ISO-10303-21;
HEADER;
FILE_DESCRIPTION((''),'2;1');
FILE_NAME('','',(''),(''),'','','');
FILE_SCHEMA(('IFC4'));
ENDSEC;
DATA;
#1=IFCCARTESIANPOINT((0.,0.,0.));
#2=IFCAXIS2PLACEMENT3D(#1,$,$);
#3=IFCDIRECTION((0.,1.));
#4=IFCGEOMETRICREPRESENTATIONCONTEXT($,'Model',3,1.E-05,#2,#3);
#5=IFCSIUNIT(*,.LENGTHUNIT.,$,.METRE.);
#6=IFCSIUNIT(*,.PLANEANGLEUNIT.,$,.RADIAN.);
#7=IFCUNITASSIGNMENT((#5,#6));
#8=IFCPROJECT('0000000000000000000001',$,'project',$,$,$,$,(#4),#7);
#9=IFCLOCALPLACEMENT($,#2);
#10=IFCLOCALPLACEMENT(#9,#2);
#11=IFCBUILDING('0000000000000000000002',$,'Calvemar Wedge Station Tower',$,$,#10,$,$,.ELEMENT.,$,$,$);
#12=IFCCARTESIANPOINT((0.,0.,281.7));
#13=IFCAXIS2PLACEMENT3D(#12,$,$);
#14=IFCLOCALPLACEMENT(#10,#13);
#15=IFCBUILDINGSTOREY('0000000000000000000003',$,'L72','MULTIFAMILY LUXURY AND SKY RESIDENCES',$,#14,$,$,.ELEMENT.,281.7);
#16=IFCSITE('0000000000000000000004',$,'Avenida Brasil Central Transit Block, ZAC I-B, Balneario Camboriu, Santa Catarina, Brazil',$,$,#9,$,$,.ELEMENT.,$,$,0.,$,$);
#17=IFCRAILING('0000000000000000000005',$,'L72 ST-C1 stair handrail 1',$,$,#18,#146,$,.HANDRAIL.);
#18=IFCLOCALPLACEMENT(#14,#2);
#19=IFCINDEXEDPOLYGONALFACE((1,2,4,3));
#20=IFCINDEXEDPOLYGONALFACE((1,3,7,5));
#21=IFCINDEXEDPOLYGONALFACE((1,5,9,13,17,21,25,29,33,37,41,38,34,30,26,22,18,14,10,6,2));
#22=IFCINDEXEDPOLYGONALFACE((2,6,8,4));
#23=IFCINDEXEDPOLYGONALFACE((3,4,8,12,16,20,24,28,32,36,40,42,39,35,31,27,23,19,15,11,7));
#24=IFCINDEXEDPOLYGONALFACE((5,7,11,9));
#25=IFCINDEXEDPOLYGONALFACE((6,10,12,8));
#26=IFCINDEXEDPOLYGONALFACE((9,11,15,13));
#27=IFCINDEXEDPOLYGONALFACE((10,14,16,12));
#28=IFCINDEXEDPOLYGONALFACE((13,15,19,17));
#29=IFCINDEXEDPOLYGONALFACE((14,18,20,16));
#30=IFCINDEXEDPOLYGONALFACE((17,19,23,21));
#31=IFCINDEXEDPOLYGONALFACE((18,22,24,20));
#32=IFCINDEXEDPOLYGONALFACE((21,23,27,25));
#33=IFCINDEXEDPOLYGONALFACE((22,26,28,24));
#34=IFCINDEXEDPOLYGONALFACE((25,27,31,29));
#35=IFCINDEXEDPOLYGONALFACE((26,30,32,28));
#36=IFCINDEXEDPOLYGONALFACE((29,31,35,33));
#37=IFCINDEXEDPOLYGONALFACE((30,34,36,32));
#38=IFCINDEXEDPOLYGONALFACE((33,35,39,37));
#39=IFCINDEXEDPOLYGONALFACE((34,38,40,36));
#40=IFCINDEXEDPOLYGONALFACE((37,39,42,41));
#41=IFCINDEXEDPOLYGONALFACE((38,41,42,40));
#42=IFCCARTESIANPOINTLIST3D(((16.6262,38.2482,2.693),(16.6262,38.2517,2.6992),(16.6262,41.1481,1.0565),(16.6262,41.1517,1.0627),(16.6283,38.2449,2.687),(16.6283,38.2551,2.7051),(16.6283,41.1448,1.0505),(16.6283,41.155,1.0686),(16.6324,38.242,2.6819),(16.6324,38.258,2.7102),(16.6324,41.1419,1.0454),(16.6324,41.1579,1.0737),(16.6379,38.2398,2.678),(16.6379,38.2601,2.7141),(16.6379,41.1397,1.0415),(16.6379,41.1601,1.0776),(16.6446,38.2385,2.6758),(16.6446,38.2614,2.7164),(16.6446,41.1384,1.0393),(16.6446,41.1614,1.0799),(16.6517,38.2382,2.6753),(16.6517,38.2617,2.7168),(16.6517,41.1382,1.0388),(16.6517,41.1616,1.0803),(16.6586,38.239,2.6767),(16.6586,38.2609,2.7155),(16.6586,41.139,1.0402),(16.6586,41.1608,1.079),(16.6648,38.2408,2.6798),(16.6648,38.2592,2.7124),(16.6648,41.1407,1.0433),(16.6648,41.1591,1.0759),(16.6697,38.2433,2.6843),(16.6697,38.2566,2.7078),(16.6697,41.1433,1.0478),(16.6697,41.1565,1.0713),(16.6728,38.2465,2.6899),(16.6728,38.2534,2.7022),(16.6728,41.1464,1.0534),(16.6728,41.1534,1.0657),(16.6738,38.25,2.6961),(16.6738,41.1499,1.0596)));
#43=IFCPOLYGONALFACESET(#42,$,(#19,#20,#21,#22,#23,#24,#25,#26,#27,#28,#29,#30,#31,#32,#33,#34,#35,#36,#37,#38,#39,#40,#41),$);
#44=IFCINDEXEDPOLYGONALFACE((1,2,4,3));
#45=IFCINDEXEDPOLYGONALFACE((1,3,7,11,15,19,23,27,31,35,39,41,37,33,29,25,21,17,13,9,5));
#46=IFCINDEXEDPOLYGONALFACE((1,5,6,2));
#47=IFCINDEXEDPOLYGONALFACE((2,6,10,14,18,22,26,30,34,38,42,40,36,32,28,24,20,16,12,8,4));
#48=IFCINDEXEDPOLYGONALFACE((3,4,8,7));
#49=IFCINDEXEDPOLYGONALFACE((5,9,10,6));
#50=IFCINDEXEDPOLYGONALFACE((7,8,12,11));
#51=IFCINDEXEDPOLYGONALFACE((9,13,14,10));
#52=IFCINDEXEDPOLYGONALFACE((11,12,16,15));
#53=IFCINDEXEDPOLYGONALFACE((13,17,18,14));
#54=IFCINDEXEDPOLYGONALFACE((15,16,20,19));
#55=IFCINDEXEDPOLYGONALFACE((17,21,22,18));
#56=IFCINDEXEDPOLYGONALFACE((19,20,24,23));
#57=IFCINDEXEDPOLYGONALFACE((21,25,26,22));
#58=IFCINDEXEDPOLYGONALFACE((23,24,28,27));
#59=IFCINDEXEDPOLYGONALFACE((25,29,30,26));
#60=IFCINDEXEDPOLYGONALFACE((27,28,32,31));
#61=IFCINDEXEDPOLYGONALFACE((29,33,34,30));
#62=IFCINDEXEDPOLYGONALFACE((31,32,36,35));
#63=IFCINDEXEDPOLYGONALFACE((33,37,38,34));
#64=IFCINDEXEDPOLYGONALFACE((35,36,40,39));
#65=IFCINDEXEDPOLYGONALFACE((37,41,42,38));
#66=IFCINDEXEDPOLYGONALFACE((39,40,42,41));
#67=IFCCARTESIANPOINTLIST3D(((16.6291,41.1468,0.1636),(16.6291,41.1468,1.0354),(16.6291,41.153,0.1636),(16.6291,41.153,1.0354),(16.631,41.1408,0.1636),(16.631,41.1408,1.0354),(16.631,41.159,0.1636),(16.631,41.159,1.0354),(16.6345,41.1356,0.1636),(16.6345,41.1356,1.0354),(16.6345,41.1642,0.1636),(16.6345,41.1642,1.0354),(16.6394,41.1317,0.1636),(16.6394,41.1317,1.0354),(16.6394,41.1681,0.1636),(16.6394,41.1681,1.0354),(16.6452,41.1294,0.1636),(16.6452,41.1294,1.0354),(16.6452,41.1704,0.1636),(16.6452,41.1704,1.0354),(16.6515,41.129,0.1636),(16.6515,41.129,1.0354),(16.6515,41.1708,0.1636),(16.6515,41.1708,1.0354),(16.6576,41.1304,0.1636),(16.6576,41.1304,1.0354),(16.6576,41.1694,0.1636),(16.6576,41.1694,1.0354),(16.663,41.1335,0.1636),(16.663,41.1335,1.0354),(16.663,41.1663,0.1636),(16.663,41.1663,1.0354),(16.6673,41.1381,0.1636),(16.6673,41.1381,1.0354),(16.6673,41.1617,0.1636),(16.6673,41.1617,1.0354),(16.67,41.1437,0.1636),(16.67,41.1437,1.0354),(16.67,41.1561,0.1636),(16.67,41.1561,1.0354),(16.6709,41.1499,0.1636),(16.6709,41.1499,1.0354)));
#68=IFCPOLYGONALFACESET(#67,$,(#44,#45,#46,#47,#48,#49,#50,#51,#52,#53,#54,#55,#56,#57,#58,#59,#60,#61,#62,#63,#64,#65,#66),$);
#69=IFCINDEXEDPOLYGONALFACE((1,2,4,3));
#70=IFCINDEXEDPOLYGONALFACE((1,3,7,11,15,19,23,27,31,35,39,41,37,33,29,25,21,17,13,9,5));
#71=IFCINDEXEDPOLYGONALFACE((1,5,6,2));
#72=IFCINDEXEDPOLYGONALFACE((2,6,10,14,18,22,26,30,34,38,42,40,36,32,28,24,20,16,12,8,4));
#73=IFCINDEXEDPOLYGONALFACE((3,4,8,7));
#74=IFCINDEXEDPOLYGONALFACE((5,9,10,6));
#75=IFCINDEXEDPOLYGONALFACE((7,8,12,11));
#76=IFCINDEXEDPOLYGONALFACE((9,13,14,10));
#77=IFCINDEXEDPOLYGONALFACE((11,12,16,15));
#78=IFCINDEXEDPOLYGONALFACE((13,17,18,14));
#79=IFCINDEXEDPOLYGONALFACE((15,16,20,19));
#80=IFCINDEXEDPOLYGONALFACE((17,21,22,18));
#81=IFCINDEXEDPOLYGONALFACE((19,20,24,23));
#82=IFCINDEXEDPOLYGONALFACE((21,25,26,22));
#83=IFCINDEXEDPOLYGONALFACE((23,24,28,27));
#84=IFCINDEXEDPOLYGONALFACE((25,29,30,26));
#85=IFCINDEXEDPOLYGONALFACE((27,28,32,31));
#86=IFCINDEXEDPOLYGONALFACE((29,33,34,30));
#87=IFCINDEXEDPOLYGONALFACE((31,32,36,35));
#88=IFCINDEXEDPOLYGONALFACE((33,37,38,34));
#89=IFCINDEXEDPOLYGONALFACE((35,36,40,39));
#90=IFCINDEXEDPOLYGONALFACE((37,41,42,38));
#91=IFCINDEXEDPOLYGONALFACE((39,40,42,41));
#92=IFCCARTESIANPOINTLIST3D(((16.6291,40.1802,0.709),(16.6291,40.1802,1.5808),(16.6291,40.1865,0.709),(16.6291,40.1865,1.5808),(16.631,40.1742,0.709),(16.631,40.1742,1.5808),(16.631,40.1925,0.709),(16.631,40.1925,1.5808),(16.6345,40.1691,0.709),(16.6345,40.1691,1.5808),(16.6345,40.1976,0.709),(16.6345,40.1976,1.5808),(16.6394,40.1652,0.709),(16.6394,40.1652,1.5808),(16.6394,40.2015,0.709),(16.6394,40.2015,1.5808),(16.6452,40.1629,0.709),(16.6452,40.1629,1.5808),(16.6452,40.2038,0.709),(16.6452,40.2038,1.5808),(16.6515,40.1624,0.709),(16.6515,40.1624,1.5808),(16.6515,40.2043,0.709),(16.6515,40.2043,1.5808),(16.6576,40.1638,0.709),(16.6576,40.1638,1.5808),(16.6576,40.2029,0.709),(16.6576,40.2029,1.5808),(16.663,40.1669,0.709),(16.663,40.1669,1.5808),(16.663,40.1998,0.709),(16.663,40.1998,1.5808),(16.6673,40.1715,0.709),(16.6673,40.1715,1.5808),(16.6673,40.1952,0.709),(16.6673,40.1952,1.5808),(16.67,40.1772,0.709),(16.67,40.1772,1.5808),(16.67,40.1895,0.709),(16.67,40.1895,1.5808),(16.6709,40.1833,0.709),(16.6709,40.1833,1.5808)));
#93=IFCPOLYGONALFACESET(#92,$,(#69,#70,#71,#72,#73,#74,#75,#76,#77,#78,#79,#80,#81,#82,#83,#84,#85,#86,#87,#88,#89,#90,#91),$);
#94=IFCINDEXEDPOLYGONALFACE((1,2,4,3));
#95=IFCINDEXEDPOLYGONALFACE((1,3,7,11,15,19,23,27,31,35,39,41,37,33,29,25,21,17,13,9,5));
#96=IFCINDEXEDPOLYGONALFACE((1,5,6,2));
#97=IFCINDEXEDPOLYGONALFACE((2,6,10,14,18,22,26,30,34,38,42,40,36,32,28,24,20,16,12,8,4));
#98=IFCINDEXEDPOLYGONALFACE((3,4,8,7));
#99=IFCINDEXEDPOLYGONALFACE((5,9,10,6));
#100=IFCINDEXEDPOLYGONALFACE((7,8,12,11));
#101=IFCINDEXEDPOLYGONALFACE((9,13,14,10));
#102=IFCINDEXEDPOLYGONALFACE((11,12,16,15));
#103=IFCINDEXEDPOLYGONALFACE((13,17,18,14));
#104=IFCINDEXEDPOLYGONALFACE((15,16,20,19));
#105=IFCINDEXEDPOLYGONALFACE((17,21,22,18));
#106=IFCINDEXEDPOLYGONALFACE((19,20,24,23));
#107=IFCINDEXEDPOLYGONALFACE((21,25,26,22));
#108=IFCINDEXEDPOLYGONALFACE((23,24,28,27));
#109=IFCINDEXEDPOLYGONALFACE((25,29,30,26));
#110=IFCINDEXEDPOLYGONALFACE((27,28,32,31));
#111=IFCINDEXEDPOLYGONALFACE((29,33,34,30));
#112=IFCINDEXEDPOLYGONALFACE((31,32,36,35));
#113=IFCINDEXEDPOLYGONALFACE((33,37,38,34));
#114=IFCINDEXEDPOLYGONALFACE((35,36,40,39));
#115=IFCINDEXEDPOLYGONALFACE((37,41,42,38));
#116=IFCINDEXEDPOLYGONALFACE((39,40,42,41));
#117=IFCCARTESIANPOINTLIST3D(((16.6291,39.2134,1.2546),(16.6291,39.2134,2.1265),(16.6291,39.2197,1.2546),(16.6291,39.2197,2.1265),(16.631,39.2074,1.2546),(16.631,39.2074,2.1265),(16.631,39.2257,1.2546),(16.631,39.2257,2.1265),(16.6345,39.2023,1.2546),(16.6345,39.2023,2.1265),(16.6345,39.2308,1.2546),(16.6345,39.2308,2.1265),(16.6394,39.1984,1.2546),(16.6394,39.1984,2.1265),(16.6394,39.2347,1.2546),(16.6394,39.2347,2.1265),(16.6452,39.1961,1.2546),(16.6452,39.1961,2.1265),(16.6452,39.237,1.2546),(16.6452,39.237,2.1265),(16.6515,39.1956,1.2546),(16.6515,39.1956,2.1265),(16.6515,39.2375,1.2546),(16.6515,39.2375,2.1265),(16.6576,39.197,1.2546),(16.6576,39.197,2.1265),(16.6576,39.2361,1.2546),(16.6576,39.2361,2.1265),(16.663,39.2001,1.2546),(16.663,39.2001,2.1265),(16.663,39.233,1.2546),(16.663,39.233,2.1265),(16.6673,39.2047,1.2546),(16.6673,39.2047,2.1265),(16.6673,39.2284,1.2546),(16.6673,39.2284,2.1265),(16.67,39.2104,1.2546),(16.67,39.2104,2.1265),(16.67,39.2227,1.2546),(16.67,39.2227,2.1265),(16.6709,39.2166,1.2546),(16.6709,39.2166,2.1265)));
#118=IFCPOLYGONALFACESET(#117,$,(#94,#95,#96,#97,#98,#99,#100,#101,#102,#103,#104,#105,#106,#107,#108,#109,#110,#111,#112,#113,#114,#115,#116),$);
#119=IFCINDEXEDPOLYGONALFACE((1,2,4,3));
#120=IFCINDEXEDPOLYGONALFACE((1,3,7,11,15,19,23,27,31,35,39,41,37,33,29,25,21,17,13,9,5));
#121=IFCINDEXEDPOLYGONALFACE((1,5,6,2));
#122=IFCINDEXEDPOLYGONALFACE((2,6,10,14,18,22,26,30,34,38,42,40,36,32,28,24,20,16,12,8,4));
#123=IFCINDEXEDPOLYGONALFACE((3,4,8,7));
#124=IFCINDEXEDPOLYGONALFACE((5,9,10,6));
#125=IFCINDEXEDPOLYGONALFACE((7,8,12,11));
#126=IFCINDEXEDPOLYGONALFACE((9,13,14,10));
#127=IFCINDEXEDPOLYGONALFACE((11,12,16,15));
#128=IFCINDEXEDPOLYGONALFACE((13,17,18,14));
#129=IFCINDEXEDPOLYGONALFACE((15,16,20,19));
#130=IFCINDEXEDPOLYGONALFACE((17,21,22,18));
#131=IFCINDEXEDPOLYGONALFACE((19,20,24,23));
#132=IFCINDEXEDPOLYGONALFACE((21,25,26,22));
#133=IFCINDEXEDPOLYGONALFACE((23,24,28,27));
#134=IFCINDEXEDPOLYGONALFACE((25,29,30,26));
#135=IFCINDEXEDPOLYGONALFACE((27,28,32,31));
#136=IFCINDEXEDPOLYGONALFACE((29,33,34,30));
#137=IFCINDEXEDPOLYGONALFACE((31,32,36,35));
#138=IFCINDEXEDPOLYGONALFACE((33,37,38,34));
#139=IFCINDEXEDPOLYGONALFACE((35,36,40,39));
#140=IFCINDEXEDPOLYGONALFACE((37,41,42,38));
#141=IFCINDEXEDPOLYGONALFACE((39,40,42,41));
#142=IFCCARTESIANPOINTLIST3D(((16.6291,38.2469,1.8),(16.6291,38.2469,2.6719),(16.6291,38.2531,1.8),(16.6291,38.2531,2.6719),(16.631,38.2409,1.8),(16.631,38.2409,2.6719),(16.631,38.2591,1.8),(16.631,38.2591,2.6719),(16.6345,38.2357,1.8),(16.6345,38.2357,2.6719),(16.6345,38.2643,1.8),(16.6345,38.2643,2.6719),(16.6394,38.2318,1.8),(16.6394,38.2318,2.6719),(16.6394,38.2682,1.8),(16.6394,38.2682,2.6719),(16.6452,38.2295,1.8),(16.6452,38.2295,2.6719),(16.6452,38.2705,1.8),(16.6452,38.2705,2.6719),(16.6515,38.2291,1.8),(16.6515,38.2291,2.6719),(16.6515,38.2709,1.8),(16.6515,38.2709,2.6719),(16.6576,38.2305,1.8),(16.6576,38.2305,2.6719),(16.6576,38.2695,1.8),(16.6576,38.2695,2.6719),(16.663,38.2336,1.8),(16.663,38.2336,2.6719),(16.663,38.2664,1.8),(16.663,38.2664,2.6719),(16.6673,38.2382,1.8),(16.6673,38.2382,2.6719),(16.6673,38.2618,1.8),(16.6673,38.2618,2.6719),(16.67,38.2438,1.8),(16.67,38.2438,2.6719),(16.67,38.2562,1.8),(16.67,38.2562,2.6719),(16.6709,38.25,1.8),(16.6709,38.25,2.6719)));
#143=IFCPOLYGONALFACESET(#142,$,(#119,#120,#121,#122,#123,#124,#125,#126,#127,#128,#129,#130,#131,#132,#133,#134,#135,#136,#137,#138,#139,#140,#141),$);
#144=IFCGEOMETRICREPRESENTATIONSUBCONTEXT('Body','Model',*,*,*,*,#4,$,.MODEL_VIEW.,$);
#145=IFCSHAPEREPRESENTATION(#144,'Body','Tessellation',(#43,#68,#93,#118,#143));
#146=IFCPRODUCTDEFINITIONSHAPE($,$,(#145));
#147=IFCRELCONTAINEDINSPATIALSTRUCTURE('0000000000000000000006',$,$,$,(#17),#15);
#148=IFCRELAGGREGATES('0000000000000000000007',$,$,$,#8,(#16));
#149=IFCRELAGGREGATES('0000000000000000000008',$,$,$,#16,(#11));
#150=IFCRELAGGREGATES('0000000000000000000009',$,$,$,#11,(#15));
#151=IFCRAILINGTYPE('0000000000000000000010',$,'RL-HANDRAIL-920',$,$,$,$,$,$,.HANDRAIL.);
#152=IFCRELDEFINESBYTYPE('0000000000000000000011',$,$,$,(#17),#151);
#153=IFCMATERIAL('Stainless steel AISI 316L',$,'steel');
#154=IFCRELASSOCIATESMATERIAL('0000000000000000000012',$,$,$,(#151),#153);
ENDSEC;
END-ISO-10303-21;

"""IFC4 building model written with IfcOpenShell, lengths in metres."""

from ifc_helpers import new_model, si_unit, direction, frame, origin, origin_2d, place, context, subcontext, project, spatial, circle, extrude, material, type_object, element, save


model = new_model("IFC4")

# Units and contexts
model_context = context("Model", 3, precision=1e-05, world=origin(), true_north=direction((0.0, 1.0)))
body_context = subcontext(model_context, "Body", "Model", "MODEL_VIEW")
ifc_project = project(units=[si_unit("LENGTHUNIT", "METRE"), si_unit("PLANEANGLEUNIT", "RADIAN")], contexts=[model_context])

# Site, building, storey
site_placement = place(None, origin())
site = spatial("IfcSite", under=ifc_project, at=site_placement, Name="Avenida Brasil Central Transit Block, ZAC I-B, Balneario Camboriu, Santa Catarina, Brazil", CompositionType="ELEMENT", RefElevation=0.0)
building_placement = place(site_placement, origin())
building = spatial("IfcBuilding", under=site, at=building_placement, Name="Calvemar Wedge Station Tower", CompositionType="ELEMENT")
storey_placement = place(building_placement, frame((0.0, 0.0, 281.7)))
storey = spatial("IfcBuildingStorey", under=building, at=storey_placement, Name="L72", Description="MULTIFAMILY LUXURY AND SKY RESIDENCES", CompositionType="ELEMENT", Elevation=281.7)

# Railing
ifc_material_1 = material(Name="Stainless steel AISI 316L", Category="steel")
railing_type_1 = type_object("IfcRailingType", Name="RL-HANDRAIL-920", PredefinedType="HANDRAIL", material=ifc_material_1)
railing_1_placement = place(storey_placement, frame((16.6499, 41.1499, 0.1636)))
element("IfcRailing", 1, at=railing_1_placement, inside=storey, type_object=railing_type_1, Name="L72 ST-C1 stair handrail 1", PredefinedType="HANDRAIL", context=body_context, shape_type="SweptSolid", body=[
    extrude(circle(Radius=0.0239, at=origin_2d()), frame((0.0, 0.0, 0.896), z_axis=(0.0, -0.870897, 0.491465), x_axis=(1.0, 0.0, 0.0)), (0.0, 0.0, 1.0), 3.3298),
    extrude(circle(Radius=0.021, at=origin_2d()), origin(), (0.0, 0.0, 1.0), 0.8718),
    extrude(circle(Radius=0.021, at=origin_2d()), frame((0.0, -0.9666, 0.5454)), (0.0, 0.0, 1.0), 0.8718),
    extrude(circle(Radius=0.021, at=origin_2d()), frame((0.0, -1.9333, 1.0911)), (0.0, 0.0, 1.0), 0.8718),
    extrude(circle(Radius=0.021, at=origin_2d()), frame((0.0, -2.8999, 1.6365)), (0.0, 0.0, 1.0), 0.8718),
])

save(model, "model.ifc")
